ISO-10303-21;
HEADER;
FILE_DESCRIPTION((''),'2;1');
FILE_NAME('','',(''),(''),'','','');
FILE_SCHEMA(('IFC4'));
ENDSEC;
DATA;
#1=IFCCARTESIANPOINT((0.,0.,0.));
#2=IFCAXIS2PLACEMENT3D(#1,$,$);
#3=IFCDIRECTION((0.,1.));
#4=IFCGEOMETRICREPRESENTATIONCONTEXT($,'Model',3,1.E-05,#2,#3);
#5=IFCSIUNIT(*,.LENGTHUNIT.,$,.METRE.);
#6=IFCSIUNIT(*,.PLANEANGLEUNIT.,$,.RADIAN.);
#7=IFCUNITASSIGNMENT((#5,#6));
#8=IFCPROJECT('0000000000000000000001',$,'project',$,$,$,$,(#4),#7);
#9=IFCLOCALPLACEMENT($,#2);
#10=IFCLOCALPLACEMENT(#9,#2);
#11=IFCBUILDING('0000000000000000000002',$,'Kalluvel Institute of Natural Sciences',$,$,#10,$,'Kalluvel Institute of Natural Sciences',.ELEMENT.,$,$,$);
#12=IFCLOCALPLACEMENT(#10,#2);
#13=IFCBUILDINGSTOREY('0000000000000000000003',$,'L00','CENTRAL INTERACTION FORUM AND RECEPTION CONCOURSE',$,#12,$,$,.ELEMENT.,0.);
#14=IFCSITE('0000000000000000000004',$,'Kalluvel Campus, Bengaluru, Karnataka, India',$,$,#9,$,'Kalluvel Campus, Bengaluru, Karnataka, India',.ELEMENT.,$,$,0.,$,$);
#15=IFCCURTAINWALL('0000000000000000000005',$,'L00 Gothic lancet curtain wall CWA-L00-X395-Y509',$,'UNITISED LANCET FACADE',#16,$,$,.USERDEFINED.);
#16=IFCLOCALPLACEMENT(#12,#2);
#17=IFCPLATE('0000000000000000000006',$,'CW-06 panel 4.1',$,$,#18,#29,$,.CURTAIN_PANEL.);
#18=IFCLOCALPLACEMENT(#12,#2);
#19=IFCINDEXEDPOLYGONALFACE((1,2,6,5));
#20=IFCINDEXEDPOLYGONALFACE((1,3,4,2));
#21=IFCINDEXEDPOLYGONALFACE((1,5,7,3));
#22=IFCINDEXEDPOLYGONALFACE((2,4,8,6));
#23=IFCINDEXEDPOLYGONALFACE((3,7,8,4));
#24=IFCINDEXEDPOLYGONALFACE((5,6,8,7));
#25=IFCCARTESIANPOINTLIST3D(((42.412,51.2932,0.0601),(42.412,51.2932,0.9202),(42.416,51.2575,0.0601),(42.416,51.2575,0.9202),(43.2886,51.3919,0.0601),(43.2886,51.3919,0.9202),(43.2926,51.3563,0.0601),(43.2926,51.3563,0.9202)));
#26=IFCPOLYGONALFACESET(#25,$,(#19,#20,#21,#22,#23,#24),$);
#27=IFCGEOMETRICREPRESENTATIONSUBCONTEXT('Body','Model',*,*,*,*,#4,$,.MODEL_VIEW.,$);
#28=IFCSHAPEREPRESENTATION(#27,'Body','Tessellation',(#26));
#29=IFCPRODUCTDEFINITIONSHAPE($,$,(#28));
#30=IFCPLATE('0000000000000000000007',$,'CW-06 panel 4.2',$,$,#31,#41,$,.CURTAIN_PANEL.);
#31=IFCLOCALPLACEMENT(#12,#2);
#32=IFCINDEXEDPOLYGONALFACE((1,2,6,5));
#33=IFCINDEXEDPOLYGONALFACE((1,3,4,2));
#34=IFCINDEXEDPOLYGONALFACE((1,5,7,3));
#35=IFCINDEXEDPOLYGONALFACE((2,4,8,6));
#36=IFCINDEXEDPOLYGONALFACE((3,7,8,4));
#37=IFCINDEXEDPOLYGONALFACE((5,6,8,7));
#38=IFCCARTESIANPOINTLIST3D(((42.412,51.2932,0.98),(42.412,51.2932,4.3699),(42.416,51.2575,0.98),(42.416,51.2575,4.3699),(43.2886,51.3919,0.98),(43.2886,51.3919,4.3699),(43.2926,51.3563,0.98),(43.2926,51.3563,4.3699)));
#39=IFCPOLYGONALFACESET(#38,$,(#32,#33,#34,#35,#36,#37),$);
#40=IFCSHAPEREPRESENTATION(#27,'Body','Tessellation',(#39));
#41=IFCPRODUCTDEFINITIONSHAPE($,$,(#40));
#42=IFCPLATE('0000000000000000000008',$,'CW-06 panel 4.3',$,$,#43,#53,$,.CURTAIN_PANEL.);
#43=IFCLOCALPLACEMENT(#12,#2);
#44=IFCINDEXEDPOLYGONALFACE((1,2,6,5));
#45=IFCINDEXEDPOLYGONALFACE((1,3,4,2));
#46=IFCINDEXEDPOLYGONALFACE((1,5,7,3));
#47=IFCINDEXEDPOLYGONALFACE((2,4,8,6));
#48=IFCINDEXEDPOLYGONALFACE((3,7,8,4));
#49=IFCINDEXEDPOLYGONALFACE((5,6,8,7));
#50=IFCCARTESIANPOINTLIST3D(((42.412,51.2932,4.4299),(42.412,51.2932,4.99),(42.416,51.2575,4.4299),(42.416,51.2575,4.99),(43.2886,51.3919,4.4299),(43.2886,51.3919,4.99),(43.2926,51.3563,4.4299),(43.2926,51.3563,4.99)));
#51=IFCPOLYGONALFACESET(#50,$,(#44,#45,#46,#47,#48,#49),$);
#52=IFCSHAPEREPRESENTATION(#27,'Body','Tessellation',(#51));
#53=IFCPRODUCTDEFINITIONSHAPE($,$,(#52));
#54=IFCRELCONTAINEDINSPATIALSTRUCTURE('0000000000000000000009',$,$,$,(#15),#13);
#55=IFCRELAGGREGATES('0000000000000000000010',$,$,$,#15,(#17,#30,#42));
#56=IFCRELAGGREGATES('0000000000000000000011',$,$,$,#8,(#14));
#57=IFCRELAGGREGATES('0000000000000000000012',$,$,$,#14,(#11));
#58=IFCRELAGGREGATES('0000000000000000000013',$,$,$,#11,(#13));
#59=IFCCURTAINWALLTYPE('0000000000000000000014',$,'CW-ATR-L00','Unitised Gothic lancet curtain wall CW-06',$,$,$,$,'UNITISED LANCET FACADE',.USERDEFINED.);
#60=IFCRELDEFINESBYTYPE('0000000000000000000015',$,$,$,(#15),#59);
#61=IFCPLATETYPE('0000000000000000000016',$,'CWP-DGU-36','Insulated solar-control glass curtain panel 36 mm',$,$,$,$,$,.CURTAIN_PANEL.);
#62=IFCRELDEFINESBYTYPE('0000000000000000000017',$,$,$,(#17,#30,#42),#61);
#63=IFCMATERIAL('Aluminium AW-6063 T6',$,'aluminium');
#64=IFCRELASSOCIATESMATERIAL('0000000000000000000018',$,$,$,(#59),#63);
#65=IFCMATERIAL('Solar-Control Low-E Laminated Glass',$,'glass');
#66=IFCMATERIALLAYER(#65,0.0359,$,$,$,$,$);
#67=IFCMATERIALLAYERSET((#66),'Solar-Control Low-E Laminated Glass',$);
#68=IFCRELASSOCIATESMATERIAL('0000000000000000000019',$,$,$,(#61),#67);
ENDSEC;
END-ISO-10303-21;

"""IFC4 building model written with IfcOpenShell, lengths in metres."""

from ifc_helpers import new_model, si_unit, direction, frame, origin, origin_2d, place, context, subcontext, project, spatial, rectangle, extrude, material, layer, layer_set, type_object, element, aggregate, save


model = new_model("IFC4")

# Units and contexts
model_context = context("Model", 3, precision=1e-05, world=origin(), true_north=direction((0.0, 1.0)))
body_context = subcontext(model_context, "Body", "Model", "MODEL_VIEW")
ifc_project = project(units=[si_unit("LENGTHUNIT", "METRE"), si_unit("PLANEANGLEUNIT", "RADIAN")], contexts=[model_context])

# Site, building, storey
site_placement = place(None, origin())
site = spatial("IfcSite", under=ifc_project, at=site_placement, Name="Kalluvel Campus, Bengaluru, Karnataka, India", LongName="Kalluvel Campus, Bengaluru, Karnataka, India", CompositionType="ELEMENT", RefElevation=0.0)
building_placement = place(site_placement, origin())
building = spatial("IfcBuilding", under=site, at=building_placement, Name="Kalluvel Institute of Natural Sciences", LongName="Kalluvel Institute of Natural Sciences", CompositionType="ELEMENT")
storey_placement = place(building_placement, origin())
storey = spatial("IfcBuildingStorey", under=building, at=storey_placement, Name="L00", Description="CENTRAL INTERACTION FORUM AND RECEPTION CONCOURSE", CompositionType="ELEMENT", Elevation=0.0)

# Curtain wall, plates
ifc_material_1 = material(Name="Aluminium AW-6063 T6", Category="aluminium")
curtain_wall_type = type_object("IfcCurtainWallType", Name="CW-ATR-L00", Description="Unitised Gothic lancet curtain wall CW-06", ElementType="UNITISED LANCET FACADE", PredefinedType="USERDEFINED", material=ifc_material_1)
curtain_wall_placement = place(storey_placement, origin())
curtain_wall = element("IfcCurtainWall", 1, at=curtain_wall_placement, inside=storey, type_object=curtain_wall_type, Name="L00 Gothic lancet curtain wall CWA-L00-X395-Y509", ObjectType="UNITISED LANCET FACADE", PredefinedType="USERDEFINED")
ifc_material_2 = material(Name="Solar-Control Low-E Laminated Glass", Category="glass")
ifc_layer = layer(ifc_material_2, 0.0359)
ifc_layer_set = layer_set([ifc_layer], Name="Solar-Control Low-E Laminated Glass")
plate_type = type_object("IfcPlateType", Name="CWP-DGU-36", Description="Insulated solar-control glass curtain panel 36 mm", PredefinedType="CURTAIN_PANEL", material=ifc_layer_set)
plate_1_placement = place(storey_placement, frame((42.8523, 51.3247, 0.0601), z_axis=(0.0, 0.0, 1.0), x_axis=(0.993712, 0.111967, 0.0)))
plate_1 = element("IfcPlate", 2, at=plate_1_placement, type_object=plate_type, Name="CW-06 panel 4.1", PredefinedType="CURTAIN_PANEL", context=body_context, shape_type="SweptSolid", body=[
    extrude(rectangle(XDim=0.8821, YDim=0.0359, at=origin_2d()), origin(), (0.0, 0.0, 1.0), 0.8601),
])
plate_2_placement = place(storey_placement, frame((42.8523, 51.3247, 0.98), z_axis=(0.0, 0.0, 1.0), x_axis=(0.993712, 0.111967, 0.0)))
plate_2 = element("IfcPlate", 3, at=plate_2_placement, type_object=plate_type, Name="CW-06 panel 4.2", PredefinedType="CURTAIN_PANEL", context=body_context, shape_type="SweptSolid", body=[
    extrude(rectangle(XDim=0.8821, YDim=0.0359, at=origin_2d()), origin(), (0.0, 0.0, 1.0), 3.3899),
])
plate_3_placement = place(storey_placement, frame((42.8523, 51.3247, 4.4299), z_axis=(0.0, 0.0, 1.0), x_axis=(0.993712, 0.111967, 0.0)))
plate_3 = element("IfcPlate", 4, at=plate_3_placement, type_object=plate_type, Name="CW-06 panel 4.3", PredefinedType="CURTAIN_PANEL", context=body_context, shape_type="SweptSolid", body=[
    extrude(rectangle(XDim=0.8821, YDim=0.0359, at=origin_2d()), origin(), (0.0, 0.0, 1.0), 0.5601),
])
aggregate(curtain_wall, [plate_1, plate_2, plate_3])

save(model, "model.ifc")
